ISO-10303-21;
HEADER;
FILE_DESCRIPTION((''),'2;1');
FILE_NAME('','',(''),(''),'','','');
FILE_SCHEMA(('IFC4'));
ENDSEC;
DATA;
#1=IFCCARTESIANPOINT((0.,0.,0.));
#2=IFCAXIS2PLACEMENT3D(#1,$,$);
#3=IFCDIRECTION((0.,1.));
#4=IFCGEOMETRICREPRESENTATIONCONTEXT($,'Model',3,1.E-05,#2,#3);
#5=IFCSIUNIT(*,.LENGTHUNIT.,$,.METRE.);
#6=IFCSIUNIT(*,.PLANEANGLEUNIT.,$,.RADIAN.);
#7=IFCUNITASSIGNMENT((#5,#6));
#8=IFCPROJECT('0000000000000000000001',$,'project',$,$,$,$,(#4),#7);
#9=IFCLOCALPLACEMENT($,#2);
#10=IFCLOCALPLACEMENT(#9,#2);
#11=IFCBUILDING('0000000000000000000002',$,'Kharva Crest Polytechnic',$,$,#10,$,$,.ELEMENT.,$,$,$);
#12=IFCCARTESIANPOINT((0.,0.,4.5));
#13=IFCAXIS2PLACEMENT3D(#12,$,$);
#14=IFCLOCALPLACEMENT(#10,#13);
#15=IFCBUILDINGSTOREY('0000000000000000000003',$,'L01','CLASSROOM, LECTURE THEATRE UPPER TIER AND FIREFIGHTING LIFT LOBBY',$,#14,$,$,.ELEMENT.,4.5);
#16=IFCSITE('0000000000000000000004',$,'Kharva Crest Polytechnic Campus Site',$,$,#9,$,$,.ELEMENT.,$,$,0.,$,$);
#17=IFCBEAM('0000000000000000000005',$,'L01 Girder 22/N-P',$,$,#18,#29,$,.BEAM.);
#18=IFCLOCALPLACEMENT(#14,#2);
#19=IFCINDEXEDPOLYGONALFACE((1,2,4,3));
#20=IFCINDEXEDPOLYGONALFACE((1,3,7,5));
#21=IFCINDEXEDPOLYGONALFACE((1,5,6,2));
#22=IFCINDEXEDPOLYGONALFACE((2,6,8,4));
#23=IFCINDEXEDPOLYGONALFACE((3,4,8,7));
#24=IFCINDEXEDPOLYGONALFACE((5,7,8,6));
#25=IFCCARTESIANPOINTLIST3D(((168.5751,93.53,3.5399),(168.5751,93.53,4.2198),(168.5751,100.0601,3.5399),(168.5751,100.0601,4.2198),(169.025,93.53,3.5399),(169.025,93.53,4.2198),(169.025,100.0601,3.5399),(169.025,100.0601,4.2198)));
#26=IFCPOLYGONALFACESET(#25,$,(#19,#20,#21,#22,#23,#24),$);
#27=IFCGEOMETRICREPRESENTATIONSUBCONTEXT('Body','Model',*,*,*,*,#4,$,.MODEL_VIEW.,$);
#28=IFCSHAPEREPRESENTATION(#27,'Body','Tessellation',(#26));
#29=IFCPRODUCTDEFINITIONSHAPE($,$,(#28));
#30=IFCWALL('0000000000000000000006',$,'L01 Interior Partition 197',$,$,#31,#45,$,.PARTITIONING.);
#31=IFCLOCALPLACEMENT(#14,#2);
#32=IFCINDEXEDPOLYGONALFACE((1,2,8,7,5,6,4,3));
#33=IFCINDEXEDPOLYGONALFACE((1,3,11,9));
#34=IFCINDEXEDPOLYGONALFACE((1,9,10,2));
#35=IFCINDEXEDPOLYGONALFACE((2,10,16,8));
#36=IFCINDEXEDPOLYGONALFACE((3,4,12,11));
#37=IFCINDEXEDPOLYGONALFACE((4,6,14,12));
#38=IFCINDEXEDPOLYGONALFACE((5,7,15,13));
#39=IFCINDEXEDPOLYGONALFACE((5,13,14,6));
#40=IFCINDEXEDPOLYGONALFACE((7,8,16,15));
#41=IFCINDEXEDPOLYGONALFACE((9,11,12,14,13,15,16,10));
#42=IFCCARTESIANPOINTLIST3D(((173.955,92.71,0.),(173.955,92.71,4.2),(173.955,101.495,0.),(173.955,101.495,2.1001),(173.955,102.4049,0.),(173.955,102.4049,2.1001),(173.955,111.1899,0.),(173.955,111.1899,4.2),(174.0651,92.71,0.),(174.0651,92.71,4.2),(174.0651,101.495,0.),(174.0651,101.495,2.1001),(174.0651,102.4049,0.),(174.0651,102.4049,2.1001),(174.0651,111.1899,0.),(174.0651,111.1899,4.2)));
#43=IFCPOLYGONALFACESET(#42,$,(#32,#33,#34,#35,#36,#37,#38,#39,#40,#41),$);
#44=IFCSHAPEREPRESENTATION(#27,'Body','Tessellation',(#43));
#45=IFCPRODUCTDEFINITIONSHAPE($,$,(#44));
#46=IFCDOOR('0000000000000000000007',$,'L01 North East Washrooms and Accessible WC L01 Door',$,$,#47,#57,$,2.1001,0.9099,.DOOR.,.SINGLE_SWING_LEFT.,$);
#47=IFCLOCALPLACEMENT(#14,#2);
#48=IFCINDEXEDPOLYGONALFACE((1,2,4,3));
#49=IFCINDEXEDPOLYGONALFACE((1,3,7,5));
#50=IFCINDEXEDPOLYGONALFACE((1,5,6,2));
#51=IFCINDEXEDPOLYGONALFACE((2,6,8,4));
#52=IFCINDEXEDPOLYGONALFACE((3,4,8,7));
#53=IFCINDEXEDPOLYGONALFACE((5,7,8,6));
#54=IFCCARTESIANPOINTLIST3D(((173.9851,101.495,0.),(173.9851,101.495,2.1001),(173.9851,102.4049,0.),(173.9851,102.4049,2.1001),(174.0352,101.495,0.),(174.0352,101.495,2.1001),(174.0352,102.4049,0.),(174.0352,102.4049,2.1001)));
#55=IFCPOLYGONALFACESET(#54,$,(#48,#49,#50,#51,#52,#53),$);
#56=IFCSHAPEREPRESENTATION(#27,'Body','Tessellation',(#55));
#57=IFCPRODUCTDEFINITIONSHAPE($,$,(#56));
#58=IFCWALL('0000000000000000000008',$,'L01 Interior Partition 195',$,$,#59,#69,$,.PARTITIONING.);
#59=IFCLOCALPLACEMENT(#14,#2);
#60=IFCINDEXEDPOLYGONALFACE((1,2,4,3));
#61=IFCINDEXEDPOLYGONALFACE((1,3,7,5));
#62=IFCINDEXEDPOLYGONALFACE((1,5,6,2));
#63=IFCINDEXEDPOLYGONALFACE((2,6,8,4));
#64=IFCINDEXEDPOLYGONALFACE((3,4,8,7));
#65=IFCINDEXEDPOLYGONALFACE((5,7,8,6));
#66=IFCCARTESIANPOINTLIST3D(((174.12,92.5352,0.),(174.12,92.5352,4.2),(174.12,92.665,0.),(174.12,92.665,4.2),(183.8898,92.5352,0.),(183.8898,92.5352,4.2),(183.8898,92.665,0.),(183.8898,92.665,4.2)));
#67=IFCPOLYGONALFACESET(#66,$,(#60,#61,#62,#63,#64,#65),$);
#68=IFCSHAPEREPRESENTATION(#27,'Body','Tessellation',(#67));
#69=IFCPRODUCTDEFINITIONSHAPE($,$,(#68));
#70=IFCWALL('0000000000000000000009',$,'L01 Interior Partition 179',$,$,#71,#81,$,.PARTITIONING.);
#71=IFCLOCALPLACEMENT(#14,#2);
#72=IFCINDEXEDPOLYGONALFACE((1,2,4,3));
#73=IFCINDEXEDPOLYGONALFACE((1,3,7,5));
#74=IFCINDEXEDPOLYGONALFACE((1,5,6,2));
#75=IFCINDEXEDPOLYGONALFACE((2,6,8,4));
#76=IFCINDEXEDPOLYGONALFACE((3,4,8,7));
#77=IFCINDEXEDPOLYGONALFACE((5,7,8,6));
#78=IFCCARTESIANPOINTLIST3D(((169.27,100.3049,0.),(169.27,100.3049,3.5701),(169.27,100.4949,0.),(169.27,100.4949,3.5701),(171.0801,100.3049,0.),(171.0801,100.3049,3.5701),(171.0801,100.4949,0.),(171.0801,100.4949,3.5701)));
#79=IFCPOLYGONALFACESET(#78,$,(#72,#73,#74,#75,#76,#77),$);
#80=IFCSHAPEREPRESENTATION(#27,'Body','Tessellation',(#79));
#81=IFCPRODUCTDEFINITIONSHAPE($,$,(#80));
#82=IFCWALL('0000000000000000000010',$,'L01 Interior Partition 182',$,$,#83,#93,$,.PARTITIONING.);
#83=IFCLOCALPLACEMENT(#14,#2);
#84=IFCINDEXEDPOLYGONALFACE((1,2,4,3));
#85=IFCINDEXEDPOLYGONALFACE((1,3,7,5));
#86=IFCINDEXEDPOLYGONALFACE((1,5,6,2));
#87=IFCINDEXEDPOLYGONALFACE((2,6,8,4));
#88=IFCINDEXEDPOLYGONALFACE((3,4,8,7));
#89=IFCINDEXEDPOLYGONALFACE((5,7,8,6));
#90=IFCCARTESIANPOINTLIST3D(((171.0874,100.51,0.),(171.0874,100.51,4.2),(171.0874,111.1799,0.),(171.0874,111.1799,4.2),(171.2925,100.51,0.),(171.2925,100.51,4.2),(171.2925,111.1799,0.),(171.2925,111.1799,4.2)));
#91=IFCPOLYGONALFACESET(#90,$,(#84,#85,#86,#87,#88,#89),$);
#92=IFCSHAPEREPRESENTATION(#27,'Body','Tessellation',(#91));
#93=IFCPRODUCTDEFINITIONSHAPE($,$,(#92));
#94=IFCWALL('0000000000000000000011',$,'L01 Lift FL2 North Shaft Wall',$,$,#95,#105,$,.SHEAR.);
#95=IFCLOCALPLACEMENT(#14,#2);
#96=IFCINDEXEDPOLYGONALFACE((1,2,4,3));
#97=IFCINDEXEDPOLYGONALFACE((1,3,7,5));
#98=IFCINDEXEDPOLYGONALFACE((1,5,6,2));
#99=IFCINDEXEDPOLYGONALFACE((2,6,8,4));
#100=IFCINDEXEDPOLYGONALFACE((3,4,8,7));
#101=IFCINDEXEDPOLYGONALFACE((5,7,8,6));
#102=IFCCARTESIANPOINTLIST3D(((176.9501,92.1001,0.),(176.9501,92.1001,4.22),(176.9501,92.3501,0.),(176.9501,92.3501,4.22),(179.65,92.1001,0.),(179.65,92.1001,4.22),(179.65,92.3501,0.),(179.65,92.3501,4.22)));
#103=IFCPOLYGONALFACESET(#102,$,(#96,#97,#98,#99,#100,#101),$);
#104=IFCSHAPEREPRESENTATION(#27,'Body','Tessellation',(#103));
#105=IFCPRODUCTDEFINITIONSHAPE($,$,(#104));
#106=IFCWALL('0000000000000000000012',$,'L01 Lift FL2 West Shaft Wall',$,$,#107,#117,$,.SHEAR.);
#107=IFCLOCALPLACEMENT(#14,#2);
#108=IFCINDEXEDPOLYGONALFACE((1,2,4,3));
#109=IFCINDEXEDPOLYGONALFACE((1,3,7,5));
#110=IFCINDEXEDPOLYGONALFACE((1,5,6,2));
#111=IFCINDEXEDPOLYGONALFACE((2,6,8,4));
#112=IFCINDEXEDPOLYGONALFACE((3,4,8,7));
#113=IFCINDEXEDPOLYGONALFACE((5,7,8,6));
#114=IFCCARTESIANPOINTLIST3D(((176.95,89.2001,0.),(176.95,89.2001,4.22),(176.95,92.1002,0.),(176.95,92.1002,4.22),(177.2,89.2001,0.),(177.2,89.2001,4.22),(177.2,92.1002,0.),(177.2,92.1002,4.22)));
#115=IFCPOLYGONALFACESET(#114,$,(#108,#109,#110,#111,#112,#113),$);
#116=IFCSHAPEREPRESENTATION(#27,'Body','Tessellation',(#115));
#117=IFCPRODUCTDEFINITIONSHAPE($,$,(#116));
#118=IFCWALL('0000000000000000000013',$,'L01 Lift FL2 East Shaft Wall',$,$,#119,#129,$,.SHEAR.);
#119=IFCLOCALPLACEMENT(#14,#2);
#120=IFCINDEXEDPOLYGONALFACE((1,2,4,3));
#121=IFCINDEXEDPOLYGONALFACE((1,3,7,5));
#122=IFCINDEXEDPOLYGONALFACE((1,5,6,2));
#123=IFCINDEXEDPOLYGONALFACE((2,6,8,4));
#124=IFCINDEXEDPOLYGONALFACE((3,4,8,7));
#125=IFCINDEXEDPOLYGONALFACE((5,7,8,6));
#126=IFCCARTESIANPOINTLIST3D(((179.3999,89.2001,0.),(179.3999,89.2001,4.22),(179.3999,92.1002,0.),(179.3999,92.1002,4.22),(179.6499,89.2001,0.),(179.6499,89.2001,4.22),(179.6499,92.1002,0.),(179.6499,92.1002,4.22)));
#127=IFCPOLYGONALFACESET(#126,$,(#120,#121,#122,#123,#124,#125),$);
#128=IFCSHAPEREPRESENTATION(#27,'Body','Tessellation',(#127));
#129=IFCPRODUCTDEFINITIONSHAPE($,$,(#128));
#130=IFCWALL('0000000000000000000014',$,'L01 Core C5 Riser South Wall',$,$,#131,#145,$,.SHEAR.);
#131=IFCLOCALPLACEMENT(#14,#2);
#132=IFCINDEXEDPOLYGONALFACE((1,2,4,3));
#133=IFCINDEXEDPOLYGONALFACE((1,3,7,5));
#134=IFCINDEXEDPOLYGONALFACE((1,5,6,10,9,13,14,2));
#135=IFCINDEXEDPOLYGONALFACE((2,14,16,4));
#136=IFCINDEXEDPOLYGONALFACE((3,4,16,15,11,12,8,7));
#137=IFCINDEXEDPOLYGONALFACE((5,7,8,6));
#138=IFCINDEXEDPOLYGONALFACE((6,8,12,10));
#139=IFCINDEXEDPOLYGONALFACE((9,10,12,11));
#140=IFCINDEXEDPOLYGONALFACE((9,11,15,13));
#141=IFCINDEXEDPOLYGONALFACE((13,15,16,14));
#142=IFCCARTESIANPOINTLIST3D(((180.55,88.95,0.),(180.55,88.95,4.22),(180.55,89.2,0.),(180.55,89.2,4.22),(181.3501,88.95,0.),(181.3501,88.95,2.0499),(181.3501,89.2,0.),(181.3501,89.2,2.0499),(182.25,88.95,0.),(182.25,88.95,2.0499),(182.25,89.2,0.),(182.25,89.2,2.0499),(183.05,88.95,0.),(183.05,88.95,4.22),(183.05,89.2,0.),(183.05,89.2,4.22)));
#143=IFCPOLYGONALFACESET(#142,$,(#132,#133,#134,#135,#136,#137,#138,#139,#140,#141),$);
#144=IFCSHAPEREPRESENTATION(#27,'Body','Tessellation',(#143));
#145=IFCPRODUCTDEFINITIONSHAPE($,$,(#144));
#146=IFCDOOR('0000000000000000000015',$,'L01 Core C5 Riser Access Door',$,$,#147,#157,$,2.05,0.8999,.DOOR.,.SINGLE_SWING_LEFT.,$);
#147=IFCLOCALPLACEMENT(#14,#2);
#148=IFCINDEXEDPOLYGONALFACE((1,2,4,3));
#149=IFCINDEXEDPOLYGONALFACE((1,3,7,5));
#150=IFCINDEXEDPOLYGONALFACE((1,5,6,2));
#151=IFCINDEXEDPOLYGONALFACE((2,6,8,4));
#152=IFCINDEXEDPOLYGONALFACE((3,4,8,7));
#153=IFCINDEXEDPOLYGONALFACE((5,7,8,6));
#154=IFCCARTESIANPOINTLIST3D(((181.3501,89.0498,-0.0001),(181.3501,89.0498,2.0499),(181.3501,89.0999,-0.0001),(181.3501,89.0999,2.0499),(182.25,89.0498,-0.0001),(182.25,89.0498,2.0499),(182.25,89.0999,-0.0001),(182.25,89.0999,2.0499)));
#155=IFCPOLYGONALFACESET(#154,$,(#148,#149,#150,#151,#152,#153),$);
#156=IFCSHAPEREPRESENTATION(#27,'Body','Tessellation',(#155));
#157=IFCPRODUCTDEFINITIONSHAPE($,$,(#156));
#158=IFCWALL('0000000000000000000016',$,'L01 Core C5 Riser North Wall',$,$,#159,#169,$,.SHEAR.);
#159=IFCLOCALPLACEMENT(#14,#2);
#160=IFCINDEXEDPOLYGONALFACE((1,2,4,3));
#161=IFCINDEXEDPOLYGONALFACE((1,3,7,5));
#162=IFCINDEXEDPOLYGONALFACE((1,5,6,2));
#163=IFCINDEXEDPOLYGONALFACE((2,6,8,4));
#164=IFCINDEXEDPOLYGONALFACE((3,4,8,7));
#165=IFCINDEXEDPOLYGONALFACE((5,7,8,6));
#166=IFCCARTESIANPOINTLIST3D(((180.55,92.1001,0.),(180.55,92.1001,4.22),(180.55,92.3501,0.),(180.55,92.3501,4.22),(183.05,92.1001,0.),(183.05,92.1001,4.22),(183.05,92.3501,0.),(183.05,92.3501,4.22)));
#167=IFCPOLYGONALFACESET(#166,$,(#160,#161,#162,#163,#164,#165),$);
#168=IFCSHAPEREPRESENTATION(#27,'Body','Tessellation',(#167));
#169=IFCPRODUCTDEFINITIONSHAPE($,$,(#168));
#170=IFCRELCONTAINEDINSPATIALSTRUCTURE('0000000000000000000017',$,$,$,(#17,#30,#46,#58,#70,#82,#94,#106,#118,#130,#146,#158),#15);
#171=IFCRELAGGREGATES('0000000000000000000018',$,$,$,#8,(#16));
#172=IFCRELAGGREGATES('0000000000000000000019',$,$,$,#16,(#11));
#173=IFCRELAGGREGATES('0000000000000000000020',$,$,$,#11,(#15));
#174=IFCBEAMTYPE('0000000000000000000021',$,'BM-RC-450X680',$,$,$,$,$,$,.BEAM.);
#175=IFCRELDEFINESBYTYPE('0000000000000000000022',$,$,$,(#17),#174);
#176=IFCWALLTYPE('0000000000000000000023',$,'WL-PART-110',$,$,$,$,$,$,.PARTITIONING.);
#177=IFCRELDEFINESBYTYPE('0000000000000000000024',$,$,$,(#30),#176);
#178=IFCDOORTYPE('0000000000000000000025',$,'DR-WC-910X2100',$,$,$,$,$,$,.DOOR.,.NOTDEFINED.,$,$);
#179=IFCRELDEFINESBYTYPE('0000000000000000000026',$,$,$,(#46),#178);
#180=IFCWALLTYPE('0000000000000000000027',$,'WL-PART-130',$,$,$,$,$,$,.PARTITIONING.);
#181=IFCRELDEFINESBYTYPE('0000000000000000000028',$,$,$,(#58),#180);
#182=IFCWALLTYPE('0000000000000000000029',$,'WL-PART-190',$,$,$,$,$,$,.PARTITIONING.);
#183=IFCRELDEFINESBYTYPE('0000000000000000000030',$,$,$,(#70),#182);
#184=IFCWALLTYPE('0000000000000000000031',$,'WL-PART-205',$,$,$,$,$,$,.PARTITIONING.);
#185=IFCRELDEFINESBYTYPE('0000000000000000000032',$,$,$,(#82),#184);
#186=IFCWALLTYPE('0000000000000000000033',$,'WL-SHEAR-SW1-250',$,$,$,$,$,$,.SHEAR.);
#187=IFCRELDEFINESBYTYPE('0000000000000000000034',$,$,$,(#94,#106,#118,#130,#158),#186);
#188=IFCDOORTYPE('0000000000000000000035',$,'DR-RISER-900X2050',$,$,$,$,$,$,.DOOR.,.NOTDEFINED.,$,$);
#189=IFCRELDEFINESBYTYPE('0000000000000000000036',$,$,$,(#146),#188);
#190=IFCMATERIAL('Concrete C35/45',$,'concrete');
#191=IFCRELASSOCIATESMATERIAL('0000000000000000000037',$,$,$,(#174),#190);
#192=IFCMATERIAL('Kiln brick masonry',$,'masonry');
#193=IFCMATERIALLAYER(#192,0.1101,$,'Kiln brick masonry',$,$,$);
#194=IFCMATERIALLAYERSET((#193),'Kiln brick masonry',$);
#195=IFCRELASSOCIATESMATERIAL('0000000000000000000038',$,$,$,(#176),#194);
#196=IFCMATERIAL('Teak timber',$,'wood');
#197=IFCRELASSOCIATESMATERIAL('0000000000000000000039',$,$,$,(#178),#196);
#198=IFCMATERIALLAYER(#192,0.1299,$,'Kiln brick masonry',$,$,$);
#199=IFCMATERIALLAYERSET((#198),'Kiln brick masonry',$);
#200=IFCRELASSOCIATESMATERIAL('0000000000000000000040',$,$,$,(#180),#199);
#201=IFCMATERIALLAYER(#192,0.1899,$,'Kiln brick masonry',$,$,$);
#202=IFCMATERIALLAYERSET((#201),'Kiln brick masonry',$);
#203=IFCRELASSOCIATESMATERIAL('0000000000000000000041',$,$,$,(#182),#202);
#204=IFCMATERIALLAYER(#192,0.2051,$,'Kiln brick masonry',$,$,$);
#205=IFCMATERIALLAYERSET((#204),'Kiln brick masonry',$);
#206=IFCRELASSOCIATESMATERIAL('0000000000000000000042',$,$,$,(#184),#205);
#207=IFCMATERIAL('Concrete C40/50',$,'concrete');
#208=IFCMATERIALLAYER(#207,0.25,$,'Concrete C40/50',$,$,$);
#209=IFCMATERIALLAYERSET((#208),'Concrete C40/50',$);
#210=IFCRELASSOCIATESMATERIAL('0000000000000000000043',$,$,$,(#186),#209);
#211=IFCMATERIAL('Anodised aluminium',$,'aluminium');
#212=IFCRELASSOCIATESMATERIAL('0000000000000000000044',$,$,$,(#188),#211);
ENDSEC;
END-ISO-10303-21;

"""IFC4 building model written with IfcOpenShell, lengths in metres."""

from ifc_helpers import new_model, si_unit, direction, frame, frame_2d, origin, origin_2d, place, context, subcontext, project, spatial, rectangle, extrude, material, layer, layer_set, material_profile, profile_set, type_object, element, fill, save


model = new_model("IFC4")

# Units and contexts
model_context = context("Model", 3, precision=1e-05, world=origin(), true_north=direction((0.0, 1.0)))
body_context = subcontext(model_context, "Body", "Model", "MODEL_VIEW")
ifc_project = project(units=[si_unit("LENGTHUNIT", "METRE"), si_unit("PLANEANGLEUNIT", "RADIAN")], contexts=[model_context])

# Site, building, storey
site_placement = place(None, origin())
site = spatial("IfcSite", under=ifc_project, at=site_placement, Name="Kharva Crest Polytechnic Campus Site", CompositionType="ELEMENT", RefElevation=0.0)
building_placement = place(site_placement, origin())
building = spatial("IfcBuilding", under=site, at=building_placement, Name="Kharva Crest Polytechnic", CompositionType="ELEMENT")
storey_placement = place(building_placement, frame((0.0, 0.0, 4.5)))
storey = spatial("IfcBuildingStorey", under=building, at=storey_placement, Name="L01", Description="CLASSROOM, LECTURE THEATRE UPPER TIER AND FIREFIGHTING LIFT LOBBY", CompositionType="ELEMENT", Elevation=4.5)

# Shared definitions
ifc_material_1 = material(Name="Concrete C40/50", Category="concrete")

# Beam
ifc_material_2 = material(Name="Concrete C35/45", Category="concrete")
ifc_material_profile_1 = material_profile(ifc_material_2, rectangle(XDim=0.45, YDim=0.6799, at=origin_2d()), Name="RECT 450 X 680")
ifc_profile_set_1 = profile_set([ifc_material_profile_1], Name="Concrete C35/45")
beam_type_1 = type_object("IfcBeamType", Name="BM-RC-450X680", PredefinedType="BEAM", material=ifc_profile_set_1)
beam_1_placement = place(storey_placement, frame((168.8, 93.53, 3.8799), z_axis=(0.0, 1.0, 0.0), x_axis=(-1.0, 0.0, 0.0)))
element("IfcBeam", 1, at=beam_1_placement, inside=storey, type_object=beam_type_1, Name="L01 Girder 22/N-P", PredefinedType="BEAM", context=body_context, shape_type="SweptSolid", body=[
    extrude(rectangle(XDim=0.45, YDim=0.6799, at=origin_2d()), origin(), (0.0, 0.0, 1.0), 6.53),
])

# Wall, opening, door
ifc_material_3 = material(Name="Kiln brick masonry", Category="masonry")
ifc_layer_1 = layer(ifc_material_3, 0.1101, Name="Kiln brick masonry")
ifc_layer_set_1 = layer_set([ifc_layer_1], Name="Kiln brick masonry")
wall_type_1 = type_object("IfcWallType", Name="WL-PART-110", PredefinedType="PARTITIONING", material=ifc_layer_set_1)
wall_1_placement = place(storey_placement, frame((174.01, 92.71, 0.0), z_axis=(0.0, 0.0, 1.0), x_axis=(0.0, 1.0, 0.0)))
wall_1 = element("IfcWall", 2, at=wall_1_placement, inside=storey, type_object=wall_type_1, Name="L01 Interior Partition 197", PredefinedType="PARTITIONING", context=body_context, shape_type="SweptSolid", body=[
    extrude(rectangle(XDim=18.48, YDim=0.1101, at=frame_2d((9.24, 0.0))), origin(), (0.0, 0.0, 1.0), 4.2),
])
opening_1_placement = place(wall_1_placement, frame((8.7849, 0.0, 0.0)))
opening_1 = element("IfcOpeningElement", 3, at=opening_1_placement, cuts=wall_1, PredefinedType="OPENING", context=body_context, shape_type="SweptSolid", body=[
    extrude(rectangle(XDim=0.9099, YDim=2.1001, at=frame_2d((0.4551, 1.05))), frame((0.0, 0.0649, 0.0), z_axis=(0.0, -1.0, 0.0), x_axis=(1.0, 0.0, 0.0)), (0.0, 0.0, 1.0), 0.1301),
])
ifc_material_4 = material(Name="Teak timber", Category="wood")
door_type_1 = type_object("IfcDoorType", Name="DR-WC-910X2100", OperationType="NOTDEFINED", PredefinedType="DOOR", material=ifc_material_4)
door_1_placement = place(opening_1_placement, origin())
door_1 = element("IfcDoor", 4, at=door_1_placement, inside=storey, type_object=door_type_1, Name="L01 North East Washrooms and Accessible WC L01 Door", OperationType="SINGLE_SWING_LEFT", OverallHeight=2.1001, OverallWidth=0.9099, PredefinedType="DOOR", context=body_context, shape_type="SweptSolid", body=[
    extrude(rectangle(XDim=0.9099, YDim=2.1001, at=frame_2d((0.4551, 1.05))), frame((0.0, 0.0249, 0.0), z_axis=(0.0, -1.0, 0.0), x_axis=(1.0, 0.0, 0.0)), (0.0, 0.0, 1.0), 0.05),
])
fill(opening_1, door_1)

# Walls
ifc_layer_2 = layer(ifc_material_3, 0.1299, Name="Kiln brick masonry")
ifc_layer_set_2 = layer_set([ifc_layer_2], Name="Kiln brick masonry")
wall_type_2 = type_object("IfcWallType", Name="WL-PART-130", PredefinedType="PARTITIONING", material=ifc_layer_set_2)
wall_2_placement = place(storey_placement, frame((174.1201, 92.6001, 0.0), z_axis=(0.0, 0.0, 1.0), x_axis=(1.0, 0.0, 0.0)))
element("IfcWall", 5, at=wall_2_placement, inside=storey, type_object=wall_type_2, Name="L01 Interior Partition 195", PredefinedType="PARTITIONING", context=body_context, shape_type="SweptSolid", body=[
    extrude(rectangle(XDim=9.7698, YDim=0.1299, at=frame_2d((4.8848, 0.0))), origin(), (0.0, 0.0, 1.0), 4.2),
])
ifc_layer_3 = layer(ifc_material_3, 0.1899, Name="Kiln brick masonry")
ifc_layer_set_3 = layer_set([ifc_layer_3], Name="Kiln brick masonry")
wall_type_3 = type_object("IfcWallType", Name="WL-PART-190", PredefinedType="PARTITIONING", material=ifc_layer_set_3)
wall_3_placement = place(storey_placement, frame((169.27, 100.3999, 0.0), z_axis=(0.0, 0.0, 1.0), x_axis=(1.0, 0.0, 0.0)))
element("IfcWall", 6, at=wall_3_placement, inside=storey, type_object=wall_type_3, Name="L01 Interior Partition 179", PredefinedType="PARTITIONING", context=body_context, shape_type="SweptSolid", body=[
    extrude(rectangle(XDim=1.8101, YDim=0.1899, at=frame_2d((0.905, 0.0))), origin(), (0.0, 0.0, 1.0), 3.5701),
])
ifc_layer_4 = layer(ifc_material_3, 0.2051, Name="Kiln brick masonry")
ifc_layer_set_4 = layer_set([ifc_layer_4], Name="Kiln brick masonry")
wall_type_4 = type_object("IfcWallType", Name="WL-PART-205", PredefinedType="PARTITIONING", material=ifc_layer_set_4)
wall_4_placement = place(storey_placement, frame((171.1899, 100.51, 0.0), z_axis=(0.0, 0.0, 1.0), x_axis=(0.0, 1.0, 0.0)))
element("IfcWall", 7, at=wall_4_placement, inside=storey, type_object=wall_type_4, Name="L01 Interior Partition 182", PredefinedType="PARTITIONING", context=body_context, shape_type="SweptSolid", body=[
    extrude(rectangle(XDim=10.6699, YDim=0.2051, at=frame_2d((5.335, 0.0))), origin(), (0.0, 0.0, 1.0), 4.2),
])

# Shared definitions
ifc_layer_5 = layer(ifc_material_1, 0.25, Name="Concrete C40/50")
ifc_layer_set_5 = layer_set([ifc_layer_5], Name="Concrete C40/50")
wall_type_5 = type_object("IfcWallType", Name="WL-SHEAR-SW1-250", PredefinedType="SHEAR", material=ifc_layer_set_5)
ifc_material_5 = material(Name="Anodised aluminium", Category="aluminium")

# Walls
wall_5_placement = place(storey_placement, frame((176.95, 92.2251, 0.0), z_axis=(0.0, 0.0, 1.0), x_axis=(1.0, 0.0, 0.0)))
element("IfcWall", 8, at=wall_5_placement, inside=storey, type_object=wall_type_5, Name="L01 Lift FL2 North Shaft Wall", PredefinedType="SHEAR", context=body_context, shape_type="SweptSolid", body=[
    extrude(rectangle(XDim=2.7, YDim=0.25, at=frame_2d((1.3501, 0.0))), origin(), (0.0, 0.0, 1.0), 4.22),
])
for number, where, z_axis, x_axis, name in (
    (9, (177.075, 89.2, 0.0), (0.0, 0.0, 1.0), (0.0, 1.0, 0.0), "L01 Lift FL2 West Shaft Wall"),
    (10, (179.5249, 89.2, 0.0), (0.0, 0.0, 1.0), (0.0, 1.0, 0.0), "L01 Lift FL2 East Shaft Wall"),
):
    element("IfcWall", number, at=place(storey_placement, frame(where, z_axis=z_axis, x_axis=x_axis)), inside=storey, type_object=wall_type_5, Name=name, PredefinedType="SHEAR", context=body_context, shape_type="SweptSolid", body=[
        extrude(rectangle(XDim=2.9001, YDim=0.25, at=frame_2d((1.4502, 0.0))), origin(), (0.0, 0.0, 1.0), 4.22),
    ])

# Wall, opening, door
wall_6_placement = place(storey_placement, frame((180.55, 89.075, 0.0), z_axis=(0.0, 0.0, 1.0), x_axis=(1.0, 0.0, 0.0)))
wall_6 = element("IfcWall", 11, at=wall_6_placement, inside=storey, type_object=wall_type_5, Name="L01 Core C5 Riser South Wall", PredefinedType="SHEAR", context=body_context, shape_type="SweptSolid", body=[
    extrude(rectangle(XDim=2.5, YDim=0.25, at=frame_2d((1.25, 0.0))), origin(), (0.0, 0.0, 1.0), 4.22),
])
opening_2_placement = place(wall_6_placement, frame((0.8, 0.0, 0.0)))
opening_2 = element("IfcOpeningElement", 12, at=opening_2_placement, cuts=wall_6, PredefinedType="OPENING", context=body_context, shape_type="SweptSolid", body=[
    extrude(rectangle(XDim=0.8999, YDim=2.05, at=frame_2d((0.45, 1.0249))), frame((0.0, 0.135, 0.0), z_axis=(0.0, -1.0, 0.0), x_axis=(1.0, 0.0, 0.0)), (0.0, 0.0, 1.0), 0.27),
])
door_type_2 = type_object("IfcDoorType", Name="DR-RISER-900X2050", OperationType="NOTDEFINED", PredefinedType="DOOR", material=ifc_material_5)
door_2_placement = place(opening_2_placement, origin())
door_2 = element("IfcDoor", 13, at=door_2_placement, inside=storey, type_object=door_type_2, Name="L01 Core C5 Riser Access Door", OperationType="SINGLE_SWING_LEFT", OverallHeight=2.05, OverallWidth=0.8999, PredefinedType="DOOR", context=body_context, shape_type="SweptSolid", body=[
    extrude(rectangle(XDim=0.8999, YDim=2.05, at=frame_2d((0.45, 1.0249))), frame((0.0, 0.0249, 0.0), z_axis=(0.0, -1.0, 0.0), x_axis=(1.0, 0.0, 0.0)), (0.0, 0.0, 1.0), 0.05),
])
fill(opening_2, door_2)

# Wall
wall_7_placement = place(storey_placement, frame((180.55, 92.2251, 0.0), z_axis=(0.0, 0.0, 1.0), x_axis=(1.0, 0.0, 0.0)))
element("IfcWall", 14, at=wall_7_placement, inside=storey, type_object=wall_type_5, Name="L01 Core C5 Riser North Wall", PredefinedType="SHEAR", context=body_context, shape_type="SweptSolid", body=[
    extrude(rectangle(XDim=2.5, YDim=0.25, at=frame_2d((1.25, 0.0))), origin(), (0.0, 0.0, 1.0), 4.22),
])

save(model, "model.ifc")
